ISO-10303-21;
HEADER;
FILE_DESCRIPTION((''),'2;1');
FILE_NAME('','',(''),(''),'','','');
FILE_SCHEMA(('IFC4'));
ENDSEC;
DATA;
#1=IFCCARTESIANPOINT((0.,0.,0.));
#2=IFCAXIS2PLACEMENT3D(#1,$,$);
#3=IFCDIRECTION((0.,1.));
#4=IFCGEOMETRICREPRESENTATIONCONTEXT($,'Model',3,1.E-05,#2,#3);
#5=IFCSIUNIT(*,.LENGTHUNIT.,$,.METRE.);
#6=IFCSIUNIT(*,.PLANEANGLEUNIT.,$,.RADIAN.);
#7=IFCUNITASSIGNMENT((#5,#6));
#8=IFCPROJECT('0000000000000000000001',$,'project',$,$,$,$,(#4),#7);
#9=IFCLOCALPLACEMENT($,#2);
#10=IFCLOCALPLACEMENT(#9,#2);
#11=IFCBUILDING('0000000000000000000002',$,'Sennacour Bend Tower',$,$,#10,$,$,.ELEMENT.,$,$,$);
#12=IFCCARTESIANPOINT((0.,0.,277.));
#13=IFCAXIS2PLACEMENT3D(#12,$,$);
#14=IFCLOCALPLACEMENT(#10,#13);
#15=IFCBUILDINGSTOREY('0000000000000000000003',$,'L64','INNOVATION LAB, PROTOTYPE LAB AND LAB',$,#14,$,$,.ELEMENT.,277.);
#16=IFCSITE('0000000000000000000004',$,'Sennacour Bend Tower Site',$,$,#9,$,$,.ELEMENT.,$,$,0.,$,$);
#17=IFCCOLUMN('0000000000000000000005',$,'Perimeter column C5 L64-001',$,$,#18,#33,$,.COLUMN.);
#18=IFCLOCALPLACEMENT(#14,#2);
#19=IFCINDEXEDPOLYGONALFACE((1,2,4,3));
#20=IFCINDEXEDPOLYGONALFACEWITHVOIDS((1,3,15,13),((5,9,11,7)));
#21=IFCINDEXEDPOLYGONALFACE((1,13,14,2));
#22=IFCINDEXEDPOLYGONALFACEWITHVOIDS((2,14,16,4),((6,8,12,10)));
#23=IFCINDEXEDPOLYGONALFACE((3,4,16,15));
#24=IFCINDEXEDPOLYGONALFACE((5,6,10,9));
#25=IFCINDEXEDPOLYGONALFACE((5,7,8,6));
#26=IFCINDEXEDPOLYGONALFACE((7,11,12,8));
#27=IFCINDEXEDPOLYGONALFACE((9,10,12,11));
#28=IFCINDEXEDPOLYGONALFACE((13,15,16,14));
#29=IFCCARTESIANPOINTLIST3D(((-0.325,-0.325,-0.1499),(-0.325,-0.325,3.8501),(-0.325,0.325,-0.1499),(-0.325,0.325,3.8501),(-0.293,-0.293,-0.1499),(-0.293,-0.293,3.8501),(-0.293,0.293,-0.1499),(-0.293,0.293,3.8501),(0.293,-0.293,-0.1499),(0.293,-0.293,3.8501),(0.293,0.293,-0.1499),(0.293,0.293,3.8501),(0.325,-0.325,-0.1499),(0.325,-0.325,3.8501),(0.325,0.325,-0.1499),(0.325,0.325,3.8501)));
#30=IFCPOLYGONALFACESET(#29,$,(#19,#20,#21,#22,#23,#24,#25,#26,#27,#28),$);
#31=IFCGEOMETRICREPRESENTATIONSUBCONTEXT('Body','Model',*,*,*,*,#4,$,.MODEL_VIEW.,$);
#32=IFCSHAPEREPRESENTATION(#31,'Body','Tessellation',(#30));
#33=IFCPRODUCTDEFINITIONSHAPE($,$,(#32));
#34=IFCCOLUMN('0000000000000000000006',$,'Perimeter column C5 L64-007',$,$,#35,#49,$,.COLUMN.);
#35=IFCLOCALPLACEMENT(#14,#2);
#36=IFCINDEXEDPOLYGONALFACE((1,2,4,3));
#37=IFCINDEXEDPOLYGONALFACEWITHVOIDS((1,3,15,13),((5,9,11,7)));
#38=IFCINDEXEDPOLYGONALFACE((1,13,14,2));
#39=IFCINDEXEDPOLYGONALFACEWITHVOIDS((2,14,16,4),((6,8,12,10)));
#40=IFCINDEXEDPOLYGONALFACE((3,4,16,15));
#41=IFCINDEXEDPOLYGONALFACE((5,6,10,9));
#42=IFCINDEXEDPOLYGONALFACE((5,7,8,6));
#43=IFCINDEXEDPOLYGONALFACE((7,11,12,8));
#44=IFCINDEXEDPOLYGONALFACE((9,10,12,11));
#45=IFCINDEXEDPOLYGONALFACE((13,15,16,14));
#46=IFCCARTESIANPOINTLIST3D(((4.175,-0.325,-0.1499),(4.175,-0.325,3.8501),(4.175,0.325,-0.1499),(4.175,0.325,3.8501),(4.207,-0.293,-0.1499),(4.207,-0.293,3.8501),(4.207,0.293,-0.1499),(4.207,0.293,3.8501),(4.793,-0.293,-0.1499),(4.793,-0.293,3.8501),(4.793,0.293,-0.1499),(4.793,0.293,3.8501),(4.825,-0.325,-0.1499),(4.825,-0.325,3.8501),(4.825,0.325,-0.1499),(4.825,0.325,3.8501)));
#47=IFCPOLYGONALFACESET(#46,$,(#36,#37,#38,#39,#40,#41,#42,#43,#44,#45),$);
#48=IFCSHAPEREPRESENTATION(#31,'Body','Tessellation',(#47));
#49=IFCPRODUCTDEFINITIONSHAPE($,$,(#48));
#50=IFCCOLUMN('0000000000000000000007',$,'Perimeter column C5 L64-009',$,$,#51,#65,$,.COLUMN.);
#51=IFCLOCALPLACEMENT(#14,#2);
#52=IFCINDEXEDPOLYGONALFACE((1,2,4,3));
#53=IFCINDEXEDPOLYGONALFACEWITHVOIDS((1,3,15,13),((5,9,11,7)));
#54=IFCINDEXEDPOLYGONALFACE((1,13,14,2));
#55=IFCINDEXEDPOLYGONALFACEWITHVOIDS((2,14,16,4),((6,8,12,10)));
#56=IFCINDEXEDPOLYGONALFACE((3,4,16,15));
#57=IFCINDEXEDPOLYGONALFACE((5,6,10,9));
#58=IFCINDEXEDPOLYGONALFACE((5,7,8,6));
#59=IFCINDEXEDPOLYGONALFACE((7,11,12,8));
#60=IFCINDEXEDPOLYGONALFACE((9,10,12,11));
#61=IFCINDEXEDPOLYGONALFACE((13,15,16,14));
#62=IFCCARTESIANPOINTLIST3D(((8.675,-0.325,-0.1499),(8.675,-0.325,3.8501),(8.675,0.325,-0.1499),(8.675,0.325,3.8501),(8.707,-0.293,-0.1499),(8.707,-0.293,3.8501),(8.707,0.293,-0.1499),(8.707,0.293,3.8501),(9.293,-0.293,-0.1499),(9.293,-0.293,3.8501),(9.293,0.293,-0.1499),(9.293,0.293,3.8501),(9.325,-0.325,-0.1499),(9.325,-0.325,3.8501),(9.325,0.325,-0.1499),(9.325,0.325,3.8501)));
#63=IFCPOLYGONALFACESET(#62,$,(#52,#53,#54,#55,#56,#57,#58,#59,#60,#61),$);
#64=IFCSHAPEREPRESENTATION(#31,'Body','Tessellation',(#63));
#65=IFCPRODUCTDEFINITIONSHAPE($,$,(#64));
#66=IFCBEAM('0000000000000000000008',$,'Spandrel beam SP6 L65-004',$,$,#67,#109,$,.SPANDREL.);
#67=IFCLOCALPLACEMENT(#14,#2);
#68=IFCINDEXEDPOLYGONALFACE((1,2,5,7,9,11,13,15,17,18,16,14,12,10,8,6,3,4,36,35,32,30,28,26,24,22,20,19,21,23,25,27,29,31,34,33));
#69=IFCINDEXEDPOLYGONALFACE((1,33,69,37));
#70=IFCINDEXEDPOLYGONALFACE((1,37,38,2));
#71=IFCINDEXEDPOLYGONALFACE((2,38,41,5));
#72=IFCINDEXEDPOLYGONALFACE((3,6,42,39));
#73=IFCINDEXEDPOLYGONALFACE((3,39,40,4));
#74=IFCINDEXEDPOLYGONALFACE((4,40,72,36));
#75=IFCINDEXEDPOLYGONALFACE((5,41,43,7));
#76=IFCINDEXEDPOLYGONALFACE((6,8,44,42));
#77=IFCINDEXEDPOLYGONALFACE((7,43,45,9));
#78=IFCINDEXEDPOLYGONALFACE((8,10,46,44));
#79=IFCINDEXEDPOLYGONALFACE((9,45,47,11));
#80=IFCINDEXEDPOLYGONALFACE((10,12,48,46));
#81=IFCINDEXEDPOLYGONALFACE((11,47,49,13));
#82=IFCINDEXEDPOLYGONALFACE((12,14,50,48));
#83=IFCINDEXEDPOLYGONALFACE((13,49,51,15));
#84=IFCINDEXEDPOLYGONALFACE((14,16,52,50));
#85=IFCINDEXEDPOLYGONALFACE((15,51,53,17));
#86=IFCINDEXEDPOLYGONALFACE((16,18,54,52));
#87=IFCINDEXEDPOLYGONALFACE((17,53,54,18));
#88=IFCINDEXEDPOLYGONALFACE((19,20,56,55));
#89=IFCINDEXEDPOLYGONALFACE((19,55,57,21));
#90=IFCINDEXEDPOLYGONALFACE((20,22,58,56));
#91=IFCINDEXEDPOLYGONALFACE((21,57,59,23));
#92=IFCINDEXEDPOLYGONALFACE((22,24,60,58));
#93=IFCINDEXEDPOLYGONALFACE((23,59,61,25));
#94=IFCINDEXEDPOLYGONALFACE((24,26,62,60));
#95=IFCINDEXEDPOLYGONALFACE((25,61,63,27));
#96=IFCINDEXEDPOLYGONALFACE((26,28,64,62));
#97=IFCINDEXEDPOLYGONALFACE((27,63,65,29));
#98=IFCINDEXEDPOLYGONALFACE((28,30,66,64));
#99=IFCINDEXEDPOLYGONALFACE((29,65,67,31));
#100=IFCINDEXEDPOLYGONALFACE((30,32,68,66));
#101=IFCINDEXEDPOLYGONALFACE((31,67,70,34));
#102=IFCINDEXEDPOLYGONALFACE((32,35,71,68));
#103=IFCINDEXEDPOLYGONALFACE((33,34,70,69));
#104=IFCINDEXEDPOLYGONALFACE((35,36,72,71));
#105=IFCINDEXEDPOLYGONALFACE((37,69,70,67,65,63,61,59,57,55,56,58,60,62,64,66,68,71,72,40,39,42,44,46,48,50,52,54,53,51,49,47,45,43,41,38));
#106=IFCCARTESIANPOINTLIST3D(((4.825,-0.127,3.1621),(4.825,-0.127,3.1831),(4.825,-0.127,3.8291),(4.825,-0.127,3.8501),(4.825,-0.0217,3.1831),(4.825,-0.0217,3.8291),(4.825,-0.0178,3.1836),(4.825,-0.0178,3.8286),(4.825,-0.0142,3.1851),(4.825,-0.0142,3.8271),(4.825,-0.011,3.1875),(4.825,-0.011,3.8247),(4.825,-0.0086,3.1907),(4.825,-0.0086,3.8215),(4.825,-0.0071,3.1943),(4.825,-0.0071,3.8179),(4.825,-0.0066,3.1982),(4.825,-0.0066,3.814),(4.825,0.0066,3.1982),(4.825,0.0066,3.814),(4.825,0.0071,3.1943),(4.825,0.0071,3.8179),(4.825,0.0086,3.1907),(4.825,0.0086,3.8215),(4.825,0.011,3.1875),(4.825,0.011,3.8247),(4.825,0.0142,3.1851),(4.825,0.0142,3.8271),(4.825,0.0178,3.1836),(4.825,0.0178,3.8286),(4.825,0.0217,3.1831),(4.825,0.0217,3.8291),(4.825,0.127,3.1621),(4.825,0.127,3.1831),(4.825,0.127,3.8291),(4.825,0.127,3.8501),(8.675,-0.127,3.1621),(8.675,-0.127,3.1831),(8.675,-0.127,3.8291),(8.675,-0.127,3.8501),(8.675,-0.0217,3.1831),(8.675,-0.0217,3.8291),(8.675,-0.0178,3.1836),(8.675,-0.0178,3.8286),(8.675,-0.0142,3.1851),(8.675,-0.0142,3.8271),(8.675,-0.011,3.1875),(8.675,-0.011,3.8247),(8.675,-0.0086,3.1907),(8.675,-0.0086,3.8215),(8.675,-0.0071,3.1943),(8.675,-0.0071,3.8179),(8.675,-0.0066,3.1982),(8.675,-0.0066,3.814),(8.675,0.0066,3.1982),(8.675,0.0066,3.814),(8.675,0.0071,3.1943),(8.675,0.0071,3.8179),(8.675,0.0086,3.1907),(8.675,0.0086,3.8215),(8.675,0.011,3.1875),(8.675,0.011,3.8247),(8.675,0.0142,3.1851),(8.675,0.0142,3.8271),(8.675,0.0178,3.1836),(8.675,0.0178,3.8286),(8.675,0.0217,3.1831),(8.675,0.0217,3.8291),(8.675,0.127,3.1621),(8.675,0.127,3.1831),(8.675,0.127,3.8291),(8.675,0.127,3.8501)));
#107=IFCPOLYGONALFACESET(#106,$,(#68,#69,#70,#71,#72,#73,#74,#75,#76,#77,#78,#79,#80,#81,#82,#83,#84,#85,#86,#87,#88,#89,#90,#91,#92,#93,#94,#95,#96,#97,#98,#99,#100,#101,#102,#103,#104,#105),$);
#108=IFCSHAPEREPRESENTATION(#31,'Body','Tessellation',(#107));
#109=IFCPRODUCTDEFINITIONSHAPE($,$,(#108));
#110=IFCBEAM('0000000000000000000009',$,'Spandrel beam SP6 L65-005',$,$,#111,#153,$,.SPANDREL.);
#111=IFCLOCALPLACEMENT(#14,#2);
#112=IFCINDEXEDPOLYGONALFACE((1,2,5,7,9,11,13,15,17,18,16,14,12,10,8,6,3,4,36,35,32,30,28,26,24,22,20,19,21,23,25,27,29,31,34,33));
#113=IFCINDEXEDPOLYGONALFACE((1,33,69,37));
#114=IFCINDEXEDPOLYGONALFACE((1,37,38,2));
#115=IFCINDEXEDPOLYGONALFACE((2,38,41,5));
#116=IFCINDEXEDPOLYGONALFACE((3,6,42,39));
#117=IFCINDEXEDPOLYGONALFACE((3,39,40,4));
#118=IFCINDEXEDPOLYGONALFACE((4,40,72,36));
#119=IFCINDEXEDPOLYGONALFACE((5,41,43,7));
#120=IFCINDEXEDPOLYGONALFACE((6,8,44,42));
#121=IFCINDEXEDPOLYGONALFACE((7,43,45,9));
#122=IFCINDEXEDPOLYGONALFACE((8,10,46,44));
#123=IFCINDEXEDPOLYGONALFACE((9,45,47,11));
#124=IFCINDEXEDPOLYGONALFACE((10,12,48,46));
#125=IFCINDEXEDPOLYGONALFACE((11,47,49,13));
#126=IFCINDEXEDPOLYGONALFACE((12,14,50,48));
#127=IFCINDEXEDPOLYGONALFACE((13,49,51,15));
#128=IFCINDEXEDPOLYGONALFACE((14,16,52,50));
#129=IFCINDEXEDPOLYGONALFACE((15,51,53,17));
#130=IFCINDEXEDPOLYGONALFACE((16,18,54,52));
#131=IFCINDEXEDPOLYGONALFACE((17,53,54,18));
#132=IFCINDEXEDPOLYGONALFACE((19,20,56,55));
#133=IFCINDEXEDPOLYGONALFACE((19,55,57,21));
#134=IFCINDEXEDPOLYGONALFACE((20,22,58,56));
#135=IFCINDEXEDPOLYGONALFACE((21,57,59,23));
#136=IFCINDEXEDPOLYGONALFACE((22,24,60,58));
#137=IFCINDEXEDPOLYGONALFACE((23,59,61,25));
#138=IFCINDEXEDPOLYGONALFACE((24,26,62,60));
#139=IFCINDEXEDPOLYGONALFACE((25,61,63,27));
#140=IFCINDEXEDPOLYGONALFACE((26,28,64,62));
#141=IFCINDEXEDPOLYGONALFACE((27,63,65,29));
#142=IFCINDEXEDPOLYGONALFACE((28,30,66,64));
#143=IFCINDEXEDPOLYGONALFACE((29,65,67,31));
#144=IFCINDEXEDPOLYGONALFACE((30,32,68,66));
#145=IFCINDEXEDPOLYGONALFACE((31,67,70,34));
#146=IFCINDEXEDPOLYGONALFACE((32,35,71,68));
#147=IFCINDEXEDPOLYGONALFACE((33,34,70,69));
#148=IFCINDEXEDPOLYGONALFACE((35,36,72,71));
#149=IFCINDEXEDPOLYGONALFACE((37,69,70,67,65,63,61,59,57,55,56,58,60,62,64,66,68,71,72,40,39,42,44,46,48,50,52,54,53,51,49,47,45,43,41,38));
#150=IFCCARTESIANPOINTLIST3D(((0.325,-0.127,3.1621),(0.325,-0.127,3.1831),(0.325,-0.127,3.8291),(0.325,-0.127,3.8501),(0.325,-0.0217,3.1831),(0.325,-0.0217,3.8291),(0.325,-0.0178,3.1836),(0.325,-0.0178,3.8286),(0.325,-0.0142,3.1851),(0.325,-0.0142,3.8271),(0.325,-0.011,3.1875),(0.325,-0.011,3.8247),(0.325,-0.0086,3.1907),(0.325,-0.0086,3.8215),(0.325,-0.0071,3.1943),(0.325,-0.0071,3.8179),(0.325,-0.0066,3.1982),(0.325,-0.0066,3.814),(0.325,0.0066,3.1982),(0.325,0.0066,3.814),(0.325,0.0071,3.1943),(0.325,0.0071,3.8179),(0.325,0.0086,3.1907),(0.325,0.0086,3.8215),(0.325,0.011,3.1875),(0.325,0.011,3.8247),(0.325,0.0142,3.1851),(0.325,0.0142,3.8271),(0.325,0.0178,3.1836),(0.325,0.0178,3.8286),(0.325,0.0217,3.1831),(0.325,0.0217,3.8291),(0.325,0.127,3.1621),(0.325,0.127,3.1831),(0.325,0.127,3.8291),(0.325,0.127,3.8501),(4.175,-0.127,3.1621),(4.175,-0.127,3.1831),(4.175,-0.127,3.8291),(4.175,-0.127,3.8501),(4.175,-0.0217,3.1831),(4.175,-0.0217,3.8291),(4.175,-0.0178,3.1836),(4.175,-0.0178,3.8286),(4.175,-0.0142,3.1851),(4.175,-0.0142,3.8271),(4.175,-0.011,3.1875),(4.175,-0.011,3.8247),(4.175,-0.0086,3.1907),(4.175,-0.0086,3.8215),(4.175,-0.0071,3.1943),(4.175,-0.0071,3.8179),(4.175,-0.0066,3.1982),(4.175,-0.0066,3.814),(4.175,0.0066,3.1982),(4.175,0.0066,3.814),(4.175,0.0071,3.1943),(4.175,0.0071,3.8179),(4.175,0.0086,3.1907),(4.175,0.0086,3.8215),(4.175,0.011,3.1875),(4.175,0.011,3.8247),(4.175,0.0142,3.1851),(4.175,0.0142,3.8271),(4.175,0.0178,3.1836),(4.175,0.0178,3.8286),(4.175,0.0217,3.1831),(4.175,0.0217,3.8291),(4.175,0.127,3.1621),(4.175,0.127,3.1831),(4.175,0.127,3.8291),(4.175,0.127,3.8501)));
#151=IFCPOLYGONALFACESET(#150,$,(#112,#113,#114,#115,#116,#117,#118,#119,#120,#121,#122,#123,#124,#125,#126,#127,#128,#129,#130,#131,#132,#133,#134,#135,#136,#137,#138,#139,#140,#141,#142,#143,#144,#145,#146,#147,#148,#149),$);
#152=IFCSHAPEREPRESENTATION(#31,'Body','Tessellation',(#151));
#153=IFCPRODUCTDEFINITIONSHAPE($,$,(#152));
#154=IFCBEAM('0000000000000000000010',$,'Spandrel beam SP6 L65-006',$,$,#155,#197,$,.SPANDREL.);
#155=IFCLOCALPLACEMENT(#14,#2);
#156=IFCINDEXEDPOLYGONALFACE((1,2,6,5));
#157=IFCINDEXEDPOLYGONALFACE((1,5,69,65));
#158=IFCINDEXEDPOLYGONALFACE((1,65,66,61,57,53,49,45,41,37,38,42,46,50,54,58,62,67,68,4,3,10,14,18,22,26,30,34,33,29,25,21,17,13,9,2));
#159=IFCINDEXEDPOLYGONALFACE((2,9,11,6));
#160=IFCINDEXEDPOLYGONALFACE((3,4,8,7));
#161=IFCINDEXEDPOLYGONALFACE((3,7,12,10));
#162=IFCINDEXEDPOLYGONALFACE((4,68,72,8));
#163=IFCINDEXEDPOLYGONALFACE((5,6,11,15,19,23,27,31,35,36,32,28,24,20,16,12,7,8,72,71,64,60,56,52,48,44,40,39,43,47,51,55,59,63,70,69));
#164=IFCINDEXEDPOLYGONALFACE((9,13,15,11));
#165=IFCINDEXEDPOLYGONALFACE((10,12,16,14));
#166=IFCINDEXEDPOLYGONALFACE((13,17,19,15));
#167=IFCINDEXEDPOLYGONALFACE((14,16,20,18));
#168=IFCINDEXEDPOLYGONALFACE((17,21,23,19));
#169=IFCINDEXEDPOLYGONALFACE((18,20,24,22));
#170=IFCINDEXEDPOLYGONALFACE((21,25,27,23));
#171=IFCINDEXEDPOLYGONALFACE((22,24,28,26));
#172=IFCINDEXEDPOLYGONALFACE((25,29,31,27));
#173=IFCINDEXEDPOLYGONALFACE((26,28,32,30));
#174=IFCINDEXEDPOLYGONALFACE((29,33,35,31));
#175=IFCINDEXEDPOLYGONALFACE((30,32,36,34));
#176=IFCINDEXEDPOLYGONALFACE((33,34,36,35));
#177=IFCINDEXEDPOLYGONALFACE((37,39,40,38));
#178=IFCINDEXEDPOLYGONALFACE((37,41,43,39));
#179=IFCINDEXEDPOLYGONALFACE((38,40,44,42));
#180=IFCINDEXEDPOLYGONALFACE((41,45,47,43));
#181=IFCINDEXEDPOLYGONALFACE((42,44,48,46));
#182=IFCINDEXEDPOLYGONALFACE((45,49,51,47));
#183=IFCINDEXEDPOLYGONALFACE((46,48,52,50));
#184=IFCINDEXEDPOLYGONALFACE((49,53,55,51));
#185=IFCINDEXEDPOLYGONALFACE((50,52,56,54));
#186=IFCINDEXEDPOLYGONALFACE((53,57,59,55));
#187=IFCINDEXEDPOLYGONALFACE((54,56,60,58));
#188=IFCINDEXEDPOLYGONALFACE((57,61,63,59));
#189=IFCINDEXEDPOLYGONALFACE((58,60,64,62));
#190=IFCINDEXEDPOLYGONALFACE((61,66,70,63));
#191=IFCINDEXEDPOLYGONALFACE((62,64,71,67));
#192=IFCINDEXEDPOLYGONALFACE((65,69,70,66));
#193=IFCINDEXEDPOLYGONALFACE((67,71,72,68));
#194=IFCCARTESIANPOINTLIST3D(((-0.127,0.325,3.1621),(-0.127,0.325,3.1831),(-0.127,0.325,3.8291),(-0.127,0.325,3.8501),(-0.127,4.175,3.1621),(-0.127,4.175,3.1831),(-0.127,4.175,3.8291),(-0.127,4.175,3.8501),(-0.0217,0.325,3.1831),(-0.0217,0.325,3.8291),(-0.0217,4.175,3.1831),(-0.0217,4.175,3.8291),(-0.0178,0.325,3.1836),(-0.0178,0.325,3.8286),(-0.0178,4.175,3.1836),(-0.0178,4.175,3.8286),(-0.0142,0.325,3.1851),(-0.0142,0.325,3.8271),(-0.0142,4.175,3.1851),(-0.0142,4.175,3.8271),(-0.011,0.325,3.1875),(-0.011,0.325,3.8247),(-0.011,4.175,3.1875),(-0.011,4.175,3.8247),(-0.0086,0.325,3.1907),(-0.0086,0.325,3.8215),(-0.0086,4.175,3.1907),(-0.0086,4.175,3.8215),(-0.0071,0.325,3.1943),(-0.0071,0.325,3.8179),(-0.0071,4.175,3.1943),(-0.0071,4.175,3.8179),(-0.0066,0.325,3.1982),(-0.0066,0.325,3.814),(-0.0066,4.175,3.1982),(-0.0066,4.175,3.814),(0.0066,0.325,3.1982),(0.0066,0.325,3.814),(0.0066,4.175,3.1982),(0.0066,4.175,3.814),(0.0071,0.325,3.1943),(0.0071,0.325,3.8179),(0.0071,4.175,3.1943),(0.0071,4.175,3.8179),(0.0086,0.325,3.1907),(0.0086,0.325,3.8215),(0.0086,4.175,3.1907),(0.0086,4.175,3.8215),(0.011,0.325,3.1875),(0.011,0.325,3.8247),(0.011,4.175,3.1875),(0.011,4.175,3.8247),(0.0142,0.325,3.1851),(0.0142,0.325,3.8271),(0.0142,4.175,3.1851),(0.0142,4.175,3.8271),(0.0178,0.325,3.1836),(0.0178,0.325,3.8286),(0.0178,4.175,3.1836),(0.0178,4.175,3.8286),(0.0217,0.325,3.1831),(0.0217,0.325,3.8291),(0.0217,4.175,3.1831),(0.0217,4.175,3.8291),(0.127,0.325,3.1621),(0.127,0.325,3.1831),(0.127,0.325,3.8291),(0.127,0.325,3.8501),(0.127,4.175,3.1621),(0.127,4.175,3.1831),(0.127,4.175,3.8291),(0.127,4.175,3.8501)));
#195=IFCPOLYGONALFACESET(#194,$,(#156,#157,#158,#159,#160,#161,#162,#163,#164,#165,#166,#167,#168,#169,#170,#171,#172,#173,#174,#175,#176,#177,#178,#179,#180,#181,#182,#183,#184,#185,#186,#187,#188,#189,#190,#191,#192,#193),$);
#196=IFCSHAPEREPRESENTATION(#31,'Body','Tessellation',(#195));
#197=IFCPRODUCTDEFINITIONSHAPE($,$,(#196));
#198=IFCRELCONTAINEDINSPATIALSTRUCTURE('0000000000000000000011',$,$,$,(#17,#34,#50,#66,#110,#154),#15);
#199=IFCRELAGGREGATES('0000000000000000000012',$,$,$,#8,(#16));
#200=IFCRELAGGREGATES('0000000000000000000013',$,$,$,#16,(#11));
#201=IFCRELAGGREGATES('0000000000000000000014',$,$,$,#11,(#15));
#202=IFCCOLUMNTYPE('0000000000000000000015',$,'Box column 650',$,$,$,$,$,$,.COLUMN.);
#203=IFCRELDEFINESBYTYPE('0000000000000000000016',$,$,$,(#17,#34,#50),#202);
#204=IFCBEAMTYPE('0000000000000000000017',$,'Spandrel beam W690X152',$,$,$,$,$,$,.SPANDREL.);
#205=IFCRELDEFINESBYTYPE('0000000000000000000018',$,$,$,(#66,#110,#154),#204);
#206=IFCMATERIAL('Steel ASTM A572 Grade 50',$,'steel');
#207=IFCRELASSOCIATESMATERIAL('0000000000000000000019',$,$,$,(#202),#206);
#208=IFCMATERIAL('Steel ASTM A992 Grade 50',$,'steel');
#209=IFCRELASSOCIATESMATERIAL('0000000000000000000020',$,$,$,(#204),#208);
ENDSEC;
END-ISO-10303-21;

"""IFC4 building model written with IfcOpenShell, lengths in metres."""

from ifc_helpers import new_model, si_unit, direction, frame, origin, origin_2d, place, context, subcontext, project, spatial, hollow_rectangle, i_section, extrude, material, material_profile, profile_set, type_object, element, save


model = new_model("IFC4")

# Units and contexts
model_context = context("Model", 3, precision=1e-05, world=origin(), true_north=direction((0.0, 1.0)))
body_context = subcontext(model_context, "Body", "Model", "MODEL_VIEW")
ifc_project = project(units=[si_unit("LENGTHUNIT", "METRE"), si_unit("PLANEANGLEUNIT", "RADIAN")], contexts=[model_context])

# Site, building, storey
site_placement = place(None, origin())
site = spatial("IfcSite", under=ifc_project, at=site_placement, Name="Sennacour Bend Tower Site", CompositionType="ELEMENT", RefElevation=0.0)
building_placement = place(site_placement, origin())
building = spatial("IfcBuilding", under=site, at=building_placement, Name="Sennacour Bend Tower", CompositionType="ELEMENT")
storey_placement = place(building_placement, frame((0.0, 0.0, 277.0)))
storey = spatial("IfcBuildingStorey", under=building, at=storey_placement, Name="L64", Description="INNOVATION LAB, PROTOTYPE LAB AND LAB", CompositionType="ELEMENT", Elevation=277.0)

# Columns
ifc_material_1 = material(Name="Steel ASTM A572 Grade 50", Category="steel")
ifc_material_profile_1 = material_profile(ifc_material_1, hollow_rectangle(XDim=0.6499, YDim=0.6499, WallThickness=0.032, at=origin_2d()), Name="Steel ASTM A572 Grade 50", Category="steel")
ifc_profile_set_1 = profile_set([ifc_material_profile_1], Name="Steel ASTM A572 Grade 50")
column_type = type_object("IfcColumnType", Name="Box column 650", PredefinedType="COLUMN", material=ifc_profile_set_1)
for number, where, z_axis, x_axis, name in (
    (1, (0.0, 0.0, -0.1499), (0.0, 0.0, 1.0), (1.0, 0.0, 0.0), "Perimeter column C5 L64-001"),
    (2, (4.5, 0.0, -0.1499), (0.0, 0.0, 1.0), (1.0, 0.0, 0.0), "Perimeter column C5 L64-007"),
    (3, (9.0, 0.0, -0.1499), (0.0, 0.0, 1.0), (1.0, 0.0, 0.0), "Perimeter column C5 L64-009"),
):
    element("IfcColumn", number, at=place(storey_placement, frame(where, z_axis=z_axis, x_axis=x_axis)), inside=storey, type_object=column_type, Name=name, PredefinedType="COLUMN", context=body_context, shape_type="SweptSolid", body=[
        extrude(hollow_rectangle(XDim=0.6499, YDim=0.6499, WallThickness=0.032, at=origin_2d()), origin(), (0.0, 0.0, 1.0), 4.0),
    ])

# Beams
ifc_material_2 = material(Name="Steel ASTM A992 Grade 50", Category="steel")
ifc_material_profile_2 = material_profile(ifc_material_2, i_section(OverallWidth=0.2539, OverallDepth=0.688, WebThickness=0.0132, FlangeThickness=0.021, FilletRadius=0.0151, at=origin_2d()), Name="Steel ASTM A992 Grade 50", Category="steel")
ifc_profile_set_2 = profile_set([ifc_material_profile_2], Name="Steel ASTM A992 Grade 50")
beam_type = type_object("IfcBeamType", Name="Spandrel beam W690X152", PredefinedType="SPANDREL", material=ifc_profile_set_2)
for number, where, z_axis, x_axis, name in (
    (4, (8.675, 0.0, 3.5061), (-1.0, 0.0, 0.0), (0.0, -1.0, 0.0), "Spandrel beam SP6 L65-004"),
    (5, (4.175, 0.0, 3.5061), (-1.0, 0.0, 0.0), (0.0, -1.0, 0.0), "Spandrel beam SP6 L65-005"),
    (6, (0.0, 0.325, 3.5061), (0.0, 1.0, 0.0), (-1.0, 0.0, 0.0), "Spandrel beam SP6 L65-006"),
):
    element("IfcBeam", number, at=place(storey_placement, frame(where, z_axis=z_axis, x_axis=x_axis)), inside=storey, type_object=beam_type, Name=name, PredefinedType="SPANDREL", context=body_context, shape_type="SweptSolid", body=[
        extrude(i_section(OverallWidth=0.2539, OverallDepth=0.688, WebThickness=0.0132, FlangeThickness=0.021, FilletRadius=0.0151, at=origin_2d()), origin(), (0.0, 0.0, 1.0), 3.8501),
    ])

save(model, "model.ifc")
